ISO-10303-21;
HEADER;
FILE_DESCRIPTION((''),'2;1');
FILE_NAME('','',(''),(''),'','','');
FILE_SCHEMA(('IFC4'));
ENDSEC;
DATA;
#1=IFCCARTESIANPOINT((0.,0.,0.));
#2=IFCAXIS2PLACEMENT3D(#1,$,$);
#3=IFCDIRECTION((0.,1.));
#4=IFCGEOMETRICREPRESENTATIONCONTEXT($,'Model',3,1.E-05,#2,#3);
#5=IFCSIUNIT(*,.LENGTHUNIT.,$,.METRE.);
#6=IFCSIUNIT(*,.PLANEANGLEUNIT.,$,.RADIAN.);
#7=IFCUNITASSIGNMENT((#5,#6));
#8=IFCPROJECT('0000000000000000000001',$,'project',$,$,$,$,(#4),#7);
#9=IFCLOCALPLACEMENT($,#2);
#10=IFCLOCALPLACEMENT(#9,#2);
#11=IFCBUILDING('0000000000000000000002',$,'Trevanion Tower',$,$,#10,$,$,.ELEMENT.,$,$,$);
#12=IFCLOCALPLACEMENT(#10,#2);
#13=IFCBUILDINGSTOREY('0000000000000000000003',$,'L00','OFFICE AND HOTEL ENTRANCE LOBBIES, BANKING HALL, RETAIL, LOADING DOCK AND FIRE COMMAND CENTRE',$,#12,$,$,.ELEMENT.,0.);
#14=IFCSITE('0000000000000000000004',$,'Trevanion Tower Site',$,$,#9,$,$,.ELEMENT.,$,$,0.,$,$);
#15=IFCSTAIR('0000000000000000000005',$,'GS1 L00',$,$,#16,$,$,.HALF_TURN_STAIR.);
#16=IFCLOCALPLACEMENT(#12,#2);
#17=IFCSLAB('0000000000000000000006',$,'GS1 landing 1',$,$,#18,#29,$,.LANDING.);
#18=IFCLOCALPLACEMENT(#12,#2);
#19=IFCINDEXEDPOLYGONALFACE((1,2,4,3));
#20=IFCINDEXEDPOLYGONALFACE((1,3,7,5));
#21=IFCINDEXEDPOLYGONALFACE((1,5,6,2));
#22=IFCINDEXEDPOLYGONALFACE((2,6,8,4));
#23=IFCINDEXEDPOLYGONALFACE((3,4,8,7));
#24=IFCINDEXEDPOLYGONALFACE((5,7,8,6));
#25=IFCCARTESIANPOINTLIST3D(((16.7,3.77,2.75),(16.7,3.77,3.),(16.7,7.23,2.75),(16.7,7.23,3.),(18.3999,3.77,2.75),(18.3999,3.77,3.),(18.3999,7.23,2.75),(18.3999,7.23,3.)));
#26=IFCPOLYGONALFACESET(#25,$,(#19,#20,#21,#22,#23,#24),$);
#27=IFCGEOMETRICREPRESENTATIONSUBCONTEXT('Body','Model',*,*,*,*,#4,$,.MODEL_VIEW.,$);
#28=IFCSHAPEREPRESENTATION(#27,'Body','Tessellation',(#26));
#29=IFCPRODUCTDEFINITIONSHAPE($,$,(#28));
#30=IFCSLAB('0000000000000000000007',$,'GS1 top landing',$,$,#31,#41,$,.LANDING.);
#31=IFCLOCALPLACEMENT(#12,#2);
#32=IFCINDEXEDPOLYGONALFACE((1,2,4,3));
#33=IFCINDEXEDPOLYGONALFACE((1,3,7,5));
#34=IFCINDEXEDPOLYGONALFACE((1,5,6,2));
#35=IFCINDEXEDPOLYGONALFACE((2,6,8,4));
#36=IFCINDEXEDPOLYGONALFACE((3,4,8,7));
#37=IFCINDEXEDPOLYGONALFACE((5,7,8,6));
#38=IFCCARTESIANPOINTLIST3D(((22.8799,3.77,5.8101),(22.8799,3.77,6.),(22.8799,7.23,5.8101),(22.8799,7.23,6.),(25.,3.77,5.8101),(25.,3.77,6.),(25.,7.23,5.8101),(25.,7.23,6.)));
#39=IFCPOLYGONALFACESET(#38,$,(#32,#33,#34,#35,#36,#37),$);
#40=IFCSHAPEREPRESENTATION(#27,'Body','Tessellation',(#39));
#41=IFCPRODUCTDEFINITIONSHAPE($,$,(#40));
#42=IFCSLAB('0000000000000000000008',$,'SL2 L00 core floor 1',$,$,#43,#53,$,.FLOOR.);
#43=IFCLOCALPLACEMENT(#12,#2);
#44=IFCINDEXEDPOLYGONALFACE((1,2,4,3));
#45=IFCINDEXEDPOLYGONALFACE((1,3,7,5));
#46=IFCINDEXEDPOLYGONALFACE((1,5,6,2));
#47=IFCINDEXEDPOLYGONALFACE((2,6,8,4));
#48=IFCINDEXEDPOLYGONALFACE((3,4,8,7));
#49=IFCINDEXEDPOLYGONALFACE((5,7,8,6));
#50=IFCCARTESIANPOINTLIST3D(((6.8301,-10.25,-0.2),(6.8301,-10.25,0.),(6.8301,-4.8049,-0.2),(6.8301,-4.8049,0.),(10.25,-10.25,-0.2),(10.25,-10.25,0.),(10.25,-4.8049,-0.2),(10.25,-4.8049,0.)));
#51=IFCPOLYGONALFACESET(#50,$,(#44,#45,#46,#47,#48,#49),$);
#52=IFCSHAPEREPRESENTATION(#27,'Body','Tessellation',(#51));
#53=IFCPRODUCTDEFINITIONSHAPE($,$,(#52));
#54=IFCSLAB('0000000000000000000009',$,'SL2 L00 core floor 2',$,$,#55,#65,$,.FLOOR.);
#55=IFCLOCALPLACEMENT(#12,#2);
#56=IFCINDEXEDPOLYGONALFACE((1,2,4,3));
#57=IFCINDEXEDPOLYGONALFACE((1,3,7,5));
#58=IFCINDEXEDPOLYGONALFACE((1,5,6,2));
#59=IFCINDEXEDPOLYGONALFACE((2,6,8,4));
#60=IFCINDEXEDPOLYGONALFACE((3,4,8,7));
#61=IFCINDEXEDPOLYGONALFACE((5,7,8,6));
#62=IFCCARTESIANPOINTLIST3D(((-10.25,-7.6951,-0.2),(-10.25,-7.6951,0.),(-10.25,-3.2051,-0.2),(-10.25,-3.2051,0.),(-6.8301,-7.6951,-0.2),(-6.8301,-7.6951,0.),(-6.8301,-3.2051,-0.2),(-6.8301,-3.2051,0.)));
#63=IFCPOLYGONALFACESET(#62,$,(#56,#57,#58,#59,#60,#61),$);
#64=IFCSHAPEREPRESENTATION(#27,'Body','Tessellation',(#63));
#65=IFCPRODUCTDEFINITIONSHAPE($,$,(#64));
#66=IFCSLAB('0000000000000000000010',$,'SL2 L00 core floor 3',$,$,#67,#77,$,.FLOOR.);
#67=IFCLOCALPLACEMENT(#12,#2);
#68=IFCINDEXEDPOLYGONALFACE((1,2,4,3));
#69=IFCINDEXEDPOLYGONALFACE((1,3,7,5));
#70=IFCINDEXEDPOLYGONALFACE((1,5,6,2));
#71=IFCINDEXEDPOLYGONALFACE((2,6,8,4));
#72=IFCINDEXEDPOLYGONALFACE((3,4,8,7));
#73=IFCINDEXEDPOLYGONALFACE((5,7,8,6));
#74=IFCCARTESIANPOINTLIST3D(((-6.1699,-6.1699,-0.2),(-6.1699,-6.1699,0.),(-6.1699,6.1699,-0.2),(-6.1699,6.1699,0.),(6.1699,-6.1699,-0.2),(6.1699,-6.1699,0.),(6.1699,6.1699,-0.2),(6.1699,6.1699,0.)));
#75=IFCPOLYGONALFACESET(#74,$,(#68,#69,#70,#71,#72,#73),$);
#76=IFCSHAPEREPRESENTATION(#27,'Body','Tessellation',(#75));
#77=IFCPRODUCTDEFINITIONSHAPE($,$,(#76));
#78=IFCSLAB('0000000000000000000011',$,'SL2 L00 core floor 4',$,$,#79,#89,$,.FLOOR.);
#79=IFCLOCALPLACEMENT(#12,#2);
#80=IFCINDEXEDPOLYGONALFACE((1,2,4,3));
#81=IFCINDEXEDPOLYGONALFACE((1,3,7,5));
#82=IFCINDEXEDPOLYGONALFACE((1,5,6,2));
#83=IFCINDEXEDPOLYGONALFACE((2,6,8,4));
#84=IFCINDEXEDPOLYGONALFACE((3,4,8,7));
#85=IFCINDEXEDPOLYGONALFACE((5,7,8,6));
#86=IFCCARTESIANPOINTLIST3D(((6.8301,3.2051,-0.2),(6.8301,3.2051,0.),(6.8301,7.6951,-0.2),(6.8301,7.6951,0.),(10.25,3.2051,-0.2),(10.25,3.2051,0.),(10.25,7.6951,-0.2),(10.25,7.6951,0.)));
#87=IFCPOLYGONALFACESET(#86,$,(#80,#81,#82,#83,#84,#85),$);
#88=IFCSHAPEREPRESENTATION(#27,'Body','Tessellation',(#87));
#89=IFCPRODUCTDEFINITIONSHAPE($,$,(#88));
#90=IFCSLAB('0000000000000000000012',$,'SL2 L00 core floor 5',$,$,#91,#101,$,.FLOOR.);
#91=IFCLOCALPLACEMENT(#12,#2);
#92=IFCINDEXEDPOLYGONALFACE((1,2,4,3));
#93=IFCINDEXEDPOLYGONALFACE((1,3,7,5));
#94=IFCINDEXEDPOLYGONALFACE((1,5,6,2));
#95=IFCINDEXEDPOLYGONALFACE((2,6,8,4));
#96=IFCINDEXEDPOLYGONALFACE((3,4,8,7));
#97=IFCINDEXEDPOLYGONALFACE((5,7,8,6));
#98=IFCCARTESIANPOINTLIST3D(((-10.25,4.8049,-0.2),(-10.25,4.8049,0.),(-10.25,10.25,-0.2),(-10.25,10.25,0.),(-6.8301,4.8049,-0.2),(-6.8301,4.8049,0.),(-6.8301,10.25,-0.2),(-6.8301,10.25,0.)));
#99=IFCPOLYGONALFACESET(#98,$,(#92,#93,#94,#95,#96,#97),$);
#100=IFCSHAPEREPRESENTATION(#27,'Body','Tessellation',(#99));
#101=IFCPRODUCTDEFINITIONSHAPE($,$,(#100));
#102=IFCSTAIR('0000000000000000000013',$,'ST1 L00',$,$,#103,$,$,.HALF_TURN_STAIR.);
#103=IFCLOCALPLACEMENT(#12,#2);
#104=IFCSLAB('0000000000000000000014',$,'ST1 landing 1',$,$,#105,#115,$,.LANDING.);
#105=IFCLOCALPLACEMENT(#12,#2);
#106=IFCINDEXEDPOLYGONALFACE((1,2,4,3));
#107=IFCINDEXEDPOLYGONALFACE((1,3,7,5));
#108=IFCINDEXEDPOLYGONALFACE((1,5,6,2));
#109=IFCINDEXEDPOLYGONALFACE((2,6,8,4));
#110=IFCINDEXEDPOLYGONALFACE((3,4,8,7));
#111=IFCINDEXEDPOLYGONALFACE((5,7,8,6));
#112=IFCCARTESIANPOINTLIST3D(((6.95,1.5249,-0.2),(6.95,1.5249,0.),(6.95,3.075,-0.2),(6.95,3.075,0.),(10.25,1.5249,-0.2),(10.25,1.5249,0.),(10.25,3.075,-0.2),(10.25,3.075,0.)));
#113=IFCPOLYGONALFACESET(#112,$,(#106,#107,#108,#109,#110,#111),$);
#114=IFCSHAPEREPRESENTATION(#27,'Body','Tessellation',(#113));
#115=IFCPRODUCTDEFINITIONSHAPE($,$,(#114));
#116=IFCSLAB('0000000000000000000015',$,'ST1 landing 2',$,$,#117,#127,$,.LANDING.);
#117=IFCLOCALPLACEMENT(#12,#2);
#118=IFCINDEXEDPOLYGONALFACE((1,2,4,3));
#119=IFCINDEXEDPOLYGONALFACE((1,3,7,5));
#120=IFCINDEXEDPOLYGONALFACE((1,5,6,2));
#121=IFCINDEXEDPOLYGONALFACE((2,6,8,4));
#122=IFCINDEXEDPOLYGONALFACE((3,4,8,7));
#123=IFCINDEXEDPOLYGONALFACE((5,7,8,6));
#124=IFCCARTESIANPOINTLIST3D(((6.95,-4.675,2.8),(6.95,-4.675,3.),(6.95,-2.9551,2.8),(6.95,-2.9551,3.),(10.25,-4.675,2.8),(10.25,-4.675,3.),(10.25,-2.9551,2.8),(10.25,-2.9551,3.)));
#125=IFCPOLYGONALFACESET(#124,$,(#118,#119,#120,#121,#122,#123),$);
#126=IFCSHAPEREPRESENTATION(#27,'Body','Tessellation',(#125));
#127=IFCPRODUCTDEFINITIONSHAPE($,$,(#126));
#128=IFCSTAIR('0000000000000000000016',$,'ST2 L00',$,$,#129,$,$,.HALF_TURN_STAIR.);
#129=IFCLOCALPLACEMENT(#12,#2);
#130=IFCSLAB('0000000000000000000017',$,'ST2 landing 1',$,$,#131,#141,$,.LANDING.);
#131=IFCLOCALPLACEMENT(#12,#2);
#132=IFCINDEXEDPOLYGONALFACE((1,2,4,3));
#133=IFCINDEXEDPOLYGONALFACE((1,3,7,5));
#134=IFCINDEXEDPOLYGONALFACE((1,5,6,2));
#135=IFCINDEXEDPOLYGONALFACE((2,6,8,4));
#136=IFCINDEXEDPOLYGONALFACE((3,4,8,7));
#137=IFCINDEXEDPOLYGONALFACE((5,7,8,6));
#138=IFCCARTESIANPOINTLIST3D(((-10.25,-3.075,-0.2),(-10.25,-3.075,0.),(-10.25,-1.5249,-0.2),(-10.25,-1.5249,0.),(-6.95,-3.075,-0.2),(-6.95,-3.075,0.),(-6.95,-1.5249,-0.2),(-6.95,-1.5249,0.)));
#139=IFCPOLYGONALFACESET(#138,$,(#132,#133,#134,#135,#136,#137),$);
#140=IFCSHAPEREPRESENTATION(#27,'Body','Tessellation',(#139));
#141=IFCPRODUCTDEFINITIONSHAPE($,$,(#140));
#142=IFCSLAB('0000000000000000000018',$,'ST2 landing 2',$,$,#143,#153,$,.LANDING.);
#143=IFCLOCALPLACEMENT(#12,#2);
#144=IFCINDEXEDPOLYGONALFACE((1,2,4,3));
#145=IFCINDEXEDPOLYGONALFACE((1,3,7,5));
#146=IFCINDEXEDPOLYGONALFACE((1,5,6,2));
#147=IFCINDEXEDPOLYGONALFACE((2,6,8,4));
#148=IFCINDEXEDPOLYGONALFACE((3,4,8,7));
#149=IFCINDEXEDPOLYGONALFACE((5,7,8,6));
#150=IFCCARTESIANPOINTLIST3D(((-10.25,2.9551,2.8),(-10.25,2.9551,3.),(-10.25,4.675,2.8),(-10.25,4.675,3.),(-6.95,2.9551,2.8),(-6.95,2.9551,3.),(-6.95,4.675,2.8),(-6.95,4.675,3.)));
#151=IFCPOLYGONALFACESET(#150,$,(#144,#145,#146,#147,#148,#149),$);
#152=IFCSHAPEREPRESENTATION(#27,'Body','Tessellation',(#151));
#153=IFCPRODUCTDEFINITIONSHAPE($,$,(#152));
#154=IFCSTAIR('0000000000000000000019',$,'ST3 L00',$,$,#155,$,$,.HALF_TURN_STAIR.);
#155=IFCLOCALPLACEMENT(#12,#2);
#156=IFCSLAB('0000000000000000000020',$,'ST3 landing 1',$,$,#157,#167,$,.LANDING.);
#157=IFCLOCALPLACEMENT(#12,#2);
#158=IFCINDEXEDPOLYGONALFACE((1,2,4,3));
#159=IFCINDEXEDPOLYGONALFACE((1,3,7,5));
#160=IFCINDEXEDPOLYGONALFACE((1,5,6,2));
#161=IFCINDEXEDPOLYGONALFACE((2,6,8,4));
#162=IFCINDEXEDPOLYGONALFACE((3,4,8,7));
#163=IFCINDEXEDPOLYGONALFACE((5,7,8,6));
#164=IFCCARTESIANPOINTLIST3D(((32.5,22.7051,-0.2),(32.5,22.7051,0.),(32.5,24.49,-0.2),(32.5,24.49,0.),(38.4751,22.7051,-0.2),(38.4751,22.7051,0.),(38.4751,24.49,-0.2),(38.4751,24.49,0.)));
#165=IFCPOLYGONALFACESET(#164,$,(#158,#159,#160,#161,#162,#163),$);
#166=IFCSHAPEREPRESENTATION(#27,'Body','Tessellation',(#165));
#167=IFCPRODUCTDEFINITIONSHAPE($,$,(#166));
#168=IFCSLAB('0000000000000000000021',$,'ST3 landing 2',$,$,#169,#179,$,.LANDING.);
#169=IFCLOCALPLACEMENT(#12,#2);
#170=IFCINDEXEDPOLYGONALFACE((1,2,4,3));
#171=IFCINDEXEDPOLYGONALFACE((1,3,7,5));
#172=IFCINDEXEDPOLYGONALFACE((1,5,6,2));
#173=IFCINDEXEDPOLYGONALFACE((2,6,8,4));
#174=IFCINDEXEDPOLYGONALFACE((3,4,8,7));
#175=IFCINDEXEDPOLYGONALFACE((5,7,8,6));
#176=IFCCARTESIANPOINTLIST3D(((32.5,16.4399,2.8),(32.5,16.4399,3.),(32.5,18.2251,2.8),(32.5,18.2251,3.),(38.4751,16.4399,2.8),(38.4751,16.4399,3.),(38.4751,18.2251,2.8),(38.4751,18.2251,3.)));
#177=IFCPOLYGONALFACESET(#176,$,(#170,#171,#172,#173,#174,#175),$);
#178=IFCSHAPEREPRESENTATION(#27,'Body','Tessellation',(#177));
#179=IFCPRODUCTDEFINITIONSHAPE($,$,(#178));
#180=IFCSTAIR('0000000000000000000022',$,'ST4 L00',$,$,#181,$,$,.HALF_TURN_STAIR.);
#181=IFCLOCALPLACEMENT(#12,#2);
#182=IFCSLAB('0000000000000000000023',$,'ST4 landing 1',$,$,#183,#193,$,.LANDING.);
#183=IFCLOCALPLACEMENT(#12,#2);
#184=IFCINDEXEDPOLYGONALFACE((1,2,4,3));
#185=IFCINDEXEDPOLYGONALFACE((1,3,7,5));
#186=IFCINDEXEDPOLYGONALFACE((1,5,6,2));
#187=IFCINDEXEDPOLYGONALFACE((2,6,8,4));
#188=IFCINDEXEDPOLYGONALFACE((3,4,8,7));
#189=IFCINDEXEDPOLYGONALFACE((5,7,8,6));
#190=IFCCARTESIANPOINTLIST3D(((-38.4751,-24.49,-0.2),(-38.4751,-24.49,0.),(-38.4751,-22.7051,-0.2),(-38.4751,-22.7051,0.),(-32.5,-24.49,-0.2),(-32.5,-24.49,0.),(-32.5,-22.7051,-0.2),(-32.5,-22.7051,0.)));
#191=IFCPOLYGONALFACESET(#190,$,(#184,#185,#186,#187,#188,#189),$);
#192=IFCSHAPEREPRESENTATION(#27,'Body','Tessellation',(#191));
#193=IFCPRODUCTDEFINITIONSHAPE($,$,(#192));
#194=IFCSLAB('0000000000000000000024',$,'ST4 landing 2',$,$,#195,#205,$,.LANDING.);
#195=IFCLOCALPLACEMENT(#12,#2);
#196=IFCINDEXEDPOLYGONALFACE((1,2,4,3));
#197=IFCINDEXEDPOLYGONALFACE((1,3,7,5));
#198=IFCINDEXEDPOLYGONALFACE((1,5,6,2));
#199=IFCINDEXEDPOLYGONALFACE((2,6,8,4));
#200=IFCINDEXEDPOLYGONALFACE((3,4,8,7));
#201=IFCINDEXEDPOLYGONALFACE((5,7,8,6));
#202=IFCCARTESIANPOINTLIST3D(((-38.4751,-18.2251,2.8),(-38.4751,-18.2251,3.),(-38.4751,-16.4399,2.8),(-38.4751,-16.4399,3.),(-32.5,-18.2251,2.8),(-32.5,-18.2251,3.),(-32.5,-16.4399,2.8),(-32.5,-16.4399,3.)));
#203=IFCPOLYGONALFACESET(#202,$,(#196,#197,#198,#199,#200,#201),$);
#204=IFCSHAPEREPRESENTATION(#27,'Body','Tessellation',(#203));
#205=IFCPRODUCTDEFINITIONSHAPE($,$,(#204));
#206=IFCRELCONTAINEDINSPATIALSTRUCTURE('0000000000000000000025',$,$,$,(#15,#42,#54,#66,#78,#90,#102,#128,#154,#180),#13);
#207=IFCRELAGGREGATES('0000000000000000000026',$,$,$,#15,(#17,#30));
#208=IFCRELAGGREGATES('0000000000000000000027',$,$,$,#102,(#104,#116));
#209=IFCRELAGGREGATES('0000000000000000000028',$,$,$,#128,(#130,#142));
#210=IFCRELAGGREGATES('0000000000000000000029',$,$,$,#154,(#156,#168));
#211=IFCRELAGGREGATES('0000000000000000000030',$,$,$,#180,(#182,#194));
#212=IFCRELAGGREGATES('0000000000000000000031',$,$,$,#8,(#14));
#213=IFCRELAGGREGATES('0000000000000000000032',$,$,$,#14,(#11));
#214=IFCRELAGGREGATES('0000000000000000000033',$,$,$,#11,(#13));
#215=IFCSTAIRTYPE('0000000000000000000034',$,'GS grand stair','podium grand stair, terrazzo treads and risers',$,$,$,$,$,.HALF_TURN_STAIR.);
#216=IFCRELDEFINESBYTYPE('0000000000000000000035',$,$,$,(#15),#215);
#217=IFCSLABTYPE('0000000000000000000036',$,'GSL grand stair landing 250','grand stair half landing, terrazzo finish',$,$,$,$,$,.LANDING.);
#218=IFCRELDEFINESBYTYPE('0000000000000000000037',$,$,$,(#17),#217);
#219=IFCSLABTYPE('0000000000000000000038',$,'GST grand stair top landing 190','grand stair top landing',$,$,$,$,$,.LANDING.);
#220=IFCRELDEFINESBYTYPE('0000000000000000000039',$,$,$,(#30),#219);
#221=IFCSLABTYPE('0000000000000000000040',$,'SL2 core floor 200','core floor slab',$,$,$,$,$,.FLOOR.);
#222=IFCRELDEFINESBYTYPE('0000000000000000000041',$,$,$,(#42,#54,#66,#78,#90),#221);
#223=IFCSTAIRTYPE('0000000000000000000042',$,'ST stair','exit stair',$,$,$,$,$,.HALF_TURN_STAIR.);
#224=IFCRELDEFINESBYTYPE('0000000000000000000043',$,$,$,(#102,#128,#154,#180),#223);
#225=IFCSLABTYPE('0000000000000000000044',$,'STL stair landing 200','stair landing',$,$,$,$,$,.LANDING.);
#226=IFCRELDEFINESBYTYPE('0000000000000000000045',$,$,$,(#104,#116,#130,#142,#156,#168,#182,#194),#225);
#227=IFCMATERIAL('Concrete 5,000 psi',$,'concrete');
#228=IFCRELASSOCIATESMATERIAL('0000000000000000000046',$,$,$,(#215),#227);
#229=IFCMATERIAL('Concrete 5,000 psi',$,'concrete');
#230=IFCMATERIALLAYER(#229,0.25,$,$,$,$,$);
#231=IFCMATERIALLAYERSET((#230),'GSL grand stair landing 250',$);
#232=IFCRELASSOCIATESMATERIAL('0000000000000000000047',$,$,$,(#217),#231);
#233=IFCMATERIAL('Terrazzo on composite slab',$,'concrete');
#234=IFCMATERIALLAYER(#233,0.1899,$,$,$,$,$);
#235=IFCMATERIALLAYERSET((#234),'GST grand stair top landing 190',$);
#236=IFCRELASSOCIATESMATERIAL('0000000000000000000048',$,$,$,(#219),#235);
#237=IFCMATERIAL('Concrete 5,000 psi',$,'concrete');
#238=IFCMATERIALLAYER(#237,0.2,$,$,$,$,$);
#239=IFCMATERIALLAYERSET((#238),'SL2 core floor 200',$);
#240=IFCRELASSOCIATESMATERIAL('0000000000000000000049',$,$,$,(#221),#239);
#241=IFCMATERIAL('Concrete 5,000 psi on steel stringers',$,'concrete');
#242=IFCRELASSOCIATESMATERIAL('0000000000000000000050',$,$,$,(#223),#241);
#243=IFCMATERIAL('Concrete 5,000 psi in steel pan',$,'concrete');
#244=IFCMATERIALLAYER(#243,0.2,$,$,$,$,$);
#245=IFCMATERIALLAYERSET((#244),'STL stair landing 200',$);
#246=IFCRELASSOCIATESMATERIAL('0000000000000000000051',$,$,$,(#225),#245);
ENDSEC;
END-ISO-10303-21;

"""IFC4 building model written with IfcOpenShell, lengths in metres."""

from ifc_helpers import new_model, si_unit, direction, frame, origin, place, context, subcontext, project, spatial, polyline, outline, extrude, material, layer, layer_set, type_object, element, aggregate, save


model = new_model("IFC4")

# Units and contexts
model_context = context("Model", 3, precision=1e-05, world=origin(), true_north=direction((0.0, 1.0)))
body_context = subcontext(model_context, "Body", "Model", "MODEL_VIEW")
ifc_project = project(units=[si_unit("LENGTHUNIT", "METRE"), si_unit("PLANEANGLEUNIT", "RADIAN")], contexts=[model_context])

# Site, building, storey
site_placement = place(None, origin())
site = spatial("IfcSite", under=ifc_project, at=site_placement, Name="Trevanion Tower Site", CompositionType="ELEMENT", RefElevation=0.0)
building_placement = place(site_placement, origin())
building = spatial("IfcBuilding", under=site, at=building_placement, Name="Trevanion Tower", CompositionType="ELEMENT")
storey_placement = place(building_placement, origin())
storey = spatial("IfcBuildingStorey", under=building, at=storey_placement, Name="L00", Description="OFFICE AND HOTEL ENTRANCE LOBBIES, BANKING HALL, RETAIL, LOADING DOCK AND FIRE COMMAND CENTRE", CompositionType="ELEMENT", Elevation=0.0)

# Stair, slabs
ifc_material_1 = material(Name="Concrete 5,000 psi", Category="concrete")
stair_type_1 = type_object("IfcStairType", Name="GS grand stair", Description="podium grand stair, terrazzo treads and risers", PredefinedType="HALF_TURN_STAIR", material=ifc_material_1)
stair_1_placement = place(storey_placement, origin())
stair_1 = element("IfcStair", 1, at=stair_1_placement, inside=storey, type_object=stair_type_1, Name="GS1 L00", PredefinedType="HALF_TURN_STAIR")
ifc_material_2 = material(Name="Concrete 5,000 psi", Category="concrete")
ifc_layer_1 = layer(ifc_material_2, 0.25)
ifc_layer_set_1 = layer_set([ifc_layer_1], Name="GSL grand stair landing 250")
slab_type_1 = type_object("IfcSlabType", Name="GSL grand stair landing 250", Description="grand stair half landing, terrazzo finish", PredefinedType="LANDING", material=ifc_layer_set_1)
slab_1_placement = place(storey_placement, frame((0.0, 0.0, 2.75)))
slab_1 = element("IfcSlab", 2, at=slab_1_placement, type_object=slab_type_1, Name="GS1 landing 1", PredefinedType="LANDING", context=body_context, shape_type="SweptSolid", body=[
    extrude(outline(polyline([(16.7, 3.77), (18.3999, 3.77), (18.3999, 7.23), (16.7, 7.23), (16.7, 3.77)])), origin(), (0.0, 0.0, 1.0), 0.25),
])
ifc_material_3 = material(Name="Terrazzo on composite slab", Category="concrete")
ifc_layer_2 = layer(ifc_material_3, 0.1899)
ifc_layer_set_2 = layer_set([ifc_layer_2], Name="GST grand stair top landing 190")
slab_type_2 = type_object("IfcSlabType", Name="GST grand stair top landing 190", Description="grand stair top landing", PredefinedType="LANDING", material=ifc_layer_set_2)
slab_2_placement = place(storey_placement, frame((0.0, 0.0, 5.8101)))
slab_2 = element("IfcSlab", 3, at=slab_2_placement, type_object=slab_type_2, Name="GS1 top landing", PredefinedType="LANDING", context=body_context, shape_type="SweptSolid", body=[
    extrude(outline(polyline([(22.8799, 3.77), (25.0, 3.77), (25.0, 7.23), (22.8799, 7.23), (22.8799, 3.77)])), origin(), (0.0, 0.0, 1.0), 0.1899),
])
aggregate(stair_1, [slab_1, slab_2])

# Slabs
ifc_material_4 = material(Name="Concrete 5,000 psi", Category="concrete")
ifc_layer_3 = layer(ifc_material_4, 0.2)
ifc_layer_set_3 = layer_set([ifc_layer_3], Name="SL2 core floor 200")
slab_type_3 = type_object("IfcSlabType", Name="SL2 core floor 200", Description="core floor slab", PredefinedType="FLOOR", material=ifc_layer_set_3)
slab_3_placement = place(storey_placement, frame((0.0, 0.0, -0.2)))
element("IfcSlab", 4, at=slab_3_placement, inside=storey, type_object=slab_type_3, Name="SL2 L00 core floor 1", PredefinedType="FLOOR", context=body_context, shape_type="SweptSolid", body=[
    extrude(outline(polyline([(10.25, -4.8049), (10.25, -10.25), (6.8301, -10.25), (6.8301, -4.8049), (10.25, -4.8049)])), origin(), (0.0, 0.0, 1.0), 0.2),
])
slab_4_placement = place(storey_placement, frame((0.0, 0.0, -0.2)))
element("IfcSlab", 5, at=slab_4_placement, inside=storey, type_object=slab_type_3, Name="SL2 L00 core floor 2", PredefinedType="FLOOR", context=body_context, shape_type="SweptSolid", body=[
    extrude(outline(polyline([(-6.8301, -3.2051), (-6.8301, -7.6951), (-10.25, -7.6951), (-10.25, -3.2051), (-6.8301, -3.2051)])), origin(), (0.0, 0.0, 1.0), 0.2),
])
slab_5_placement = place(storey_placement, frame((0.0, 0.0, -0.2)))
element("IfcSlab", 6, at=slab_5_placement, inside=storey, type_object=slab_type_3, Name="SL2 L00 core floor 3", PredefinedType="FLOOR", context=body_context, shape_type="SweptSolid", body=[
    extrude(outline(polyline([(6.1699, -6.1699), (-6.1699, -6.1699), (-6.1699, 6.1699), (6.1699, 6.1699), (6.1699, -6.1699)])), origin(), (0.0, 0.0, 1.0), 0.2),
])
slab_6_placement = place(storey_placement, frame((0.0, 0.0, -0.2)))
element("IfcSlab", 7, at=slab_6_placement, inside=storey, type_object=slab_type_3, Name="SL2 L00 core floor 4", PredefinedType="FLOOR", context=body_context, shape_type="SweptSolid", body=[
    extrude(outline(polyline([(6.8301, 3.2051), (6.8301, 7.6951), (10.25, 7.6951), (10.25, 3.2051), (6.8301, 3.2051)])), origin(), (0.0, 0.0, 1.0), 0.2),
])
slab_7_placement = place(storey_placement, frame((0.0, 0.0, -0.2)))
element("IfcSlab", 8, at=slab_7_placement, inside=storey, type_object=slab_type_3, Name="SL2 L00 core floor 5", PredefinedType="FLOOR", context=body_context, shape_type="SweptSolid", body=[
    extrude(outline(polyline([(-6.8301, 4.8049), (-10.25, 4.8049), (-10.25, 10.25), (-6.8301, 10.25), (-6.8301, 4.8049)])), origin(), (0.0, 0.0, 1.0), 0.2),
])

# Stairs, slabs
ifc_material_5 = material(Name="Concrete 5,000 psi on steel stringers", Category="concrete")
stair_type_2 = type_object("IfcStairType", Name="ST stair", Description="exit stair", PredefinedType="HALF_TURN_STAIR", material=ifc_material_5)
stair_2_placement = place(storey_placement, origin())
stair_2 = element("IfcStair", 9, at=stair_2_placement, inside=storey, type_object=stair_type_2, Name="ST1 L00", PredefinedType="HALF_TURN_STAIR")
ifc_material_6 = material(Name="Concrete 5,000 psi in steel pan", Category="concrete")
ifc_layer_4 = layer(ifc_material_6, 0.2)
ifc_layer_set_4 = layer_set([ifc_layer_4], Name="STL stair landing 200")
slab_type_4 = type_object("IfcSlabType", Name="STL stair landing 200", Description="stair landing", PredefinedType="LANDING", material=ifc_layer_set_4)
slab_8_placement = place(storey_placement, frame((0.0, 0.0, -0.2)))
slab_8 = element("IfcSlab", 10, at=slab_8_placement, type_object=slab_type_4, Name="ST1 landing 1", PredefinedType="LANDING", context=body_context, shape_type="SweptSolid", body=[
    extrude(outline(polyline([(6.95, 1.5249), (10.25, 1.5249), (10.25, 3.075), (6.95, 3.075), (6.95, 1.5249)])), origin(), (0.0, 0.0, 1.0), 0.2),
])
slab_9_placement = place(storey_placement, frame((0.0, 0.0, 2.8)))
slab_9 = element("IfcSlab", 11, at=slab_9_placement, type_object=slab_type_4, Name="ST1 landing 2", PredefinedType="LANDING", context=body_context, shape_type="SweptSolid", body=[
    extrude(outline(polyline([(6.95, -4.675), (10.25, -4.675), (10.25, -2.9551), (6.95, -2.9551), (6.95, -4.675)])), origin(), (0.0, 0.0, 1.0), 0.2),
])
aggregate(stair_2, [slab_8, slab_9])
stair_3_placement = place(storey_placement, origin())
stair_3 = element("IfcStair", 12, at=stair_3_placement, inside=storey, type_object=stair_type_2, Name="ST2 L00", PredefinedType="HALF_TURN_STAIR")
slab_10_placement = place(storey_placement, frame((0.0, 0.0, -0.2)))
slab_10 = element("IfcSlab", 13, at=slab_10_placement, type_object=slab_type_4, Name="ST2 landing 1", PredefinedType="LANDING", context=body_context, shape_type="SweptSolid", body=[
    extrude(outline(polyline([(-6.95, -1.5249), (-10.25, -1.5249), (-10.25, -3.075), (-6.95, -3.075), (-6.95, -1.5249)])), origin(), (0.0, 0.0, 1.0), 0.2),
])
slab_11_placement = place(storey_placement, frame((0.0, 0.0, 2.8)))
slab_11 = element("IfcSlab", 14, at=slab_11_placement, type_object=slab_type_4, Name="ST2 landing 2", PredefinedType="LANDING", context=body_context, shape_type="SweptSolid", body=[
    extrude(outline(polyline([(-6.95, 4.675), (-10.25, 4.675), (-10.25, 2.9551), (-6.95, 2.9551), (-6.95, 4.675)])), origin(), (0.0, 0.0, 1.0), 0.2),
])
aggregate(stair_3, [slab_10, slab_11])
stair_4_placement = place(storey_placement, origin())
stair_4 = element("IfcStair", 15, at=stair_4_placement, inside=storey, type_object=stair_type_2, Name="ST3 L00", PredefinedType="HALF_TURN_STAIR")
slab_12_placement = place(storey_placement, frame((0.0, 0.0, -0.2)))
slab_12 = element("IfcSlab", 16, at=slab_12_placement, type_object=slab_type_4, Name="ST3 landing 1", PredefinedType="LANDING", context=body_context, shape_type="SweptSolid", body=[
    extrude(outline(polyline([(32.5, 22.7051), (38.4751, 22.7051), (38.4751, 24.49), (32.5, 24.49), (32.5, 22.7051)])), origin(), (0.0, 0.0, 1.0), 0.2),
])
slab_13_placement = place(storey_placement, frame((0.0, 0.0, 2.8)))
slab_13 = element("IfcSlab", 17, at=slab_13_placement, type_object=slab_type_4, Name="ST3 landing 2", PredefinedType="LANDING", context=body_context, shape_type="SweptSolid", body=[
    extrude(outline(polyline([(32.5, 16.4399), (38.4751, 16.4399), (38.4751, 18.2251), (32.5, 18.2251), (32.5, 16.4399)])), origin(), (0.0, 0.0, 1.0), 0.2),
])
aggregate(stair_4, [slab_12, slab_13])
stair_5_placement = place(storey_placement, origin())
stair_5 = element("IfcStair", 18, at=stair_5_placement, inside=storey, type_object=stair_type_2, Name="ST4 L00", PredefinedType="HALF_TURN_STAIR")
slab_14_placement = place(storey_placement, frame((0.0, 0.0, -0.2)))
slab_14 = element("IfcSlab", 19, at=slab_14_placement, type_object=slab_type_4, Name="ST4 landing 1", PredefinedType="LANDING", context=body_context, shape_type="SweptSolid", body=[
    extrude(outline(polyline([(-32.5, -22.7051), (-38.4751, -22.7051), (-38.4751, -24.49), (-32.5, -24.49), (-32.5, -22.7051)])), origin(), (0.0, 0.0, 1.0), 0.2),
])
slab_15_placement = place(storey_placement, frame((0.0, 0.0, 2.8)))
slab_15 = element("IfcSlab", 20, at=slab_15_placement, type_object=slab_type_4, Name="ST4 landing 2", PredefinedType="LANDING", context=body_context, shape_type="SweptSolid", body=[
    extrude(outline(polyline([(-32.5, -16.4399), (-38.4751, -16.4399), (-38.4751, -18.2251), (-32.5, -18.2251), (-32.5, -16.4399)])), origin(), (0.0, 0.0, 1.0), 0.2),
])
aggregate(stair_5, [slab_14, slab_15])

save(model, "model.ifc")
